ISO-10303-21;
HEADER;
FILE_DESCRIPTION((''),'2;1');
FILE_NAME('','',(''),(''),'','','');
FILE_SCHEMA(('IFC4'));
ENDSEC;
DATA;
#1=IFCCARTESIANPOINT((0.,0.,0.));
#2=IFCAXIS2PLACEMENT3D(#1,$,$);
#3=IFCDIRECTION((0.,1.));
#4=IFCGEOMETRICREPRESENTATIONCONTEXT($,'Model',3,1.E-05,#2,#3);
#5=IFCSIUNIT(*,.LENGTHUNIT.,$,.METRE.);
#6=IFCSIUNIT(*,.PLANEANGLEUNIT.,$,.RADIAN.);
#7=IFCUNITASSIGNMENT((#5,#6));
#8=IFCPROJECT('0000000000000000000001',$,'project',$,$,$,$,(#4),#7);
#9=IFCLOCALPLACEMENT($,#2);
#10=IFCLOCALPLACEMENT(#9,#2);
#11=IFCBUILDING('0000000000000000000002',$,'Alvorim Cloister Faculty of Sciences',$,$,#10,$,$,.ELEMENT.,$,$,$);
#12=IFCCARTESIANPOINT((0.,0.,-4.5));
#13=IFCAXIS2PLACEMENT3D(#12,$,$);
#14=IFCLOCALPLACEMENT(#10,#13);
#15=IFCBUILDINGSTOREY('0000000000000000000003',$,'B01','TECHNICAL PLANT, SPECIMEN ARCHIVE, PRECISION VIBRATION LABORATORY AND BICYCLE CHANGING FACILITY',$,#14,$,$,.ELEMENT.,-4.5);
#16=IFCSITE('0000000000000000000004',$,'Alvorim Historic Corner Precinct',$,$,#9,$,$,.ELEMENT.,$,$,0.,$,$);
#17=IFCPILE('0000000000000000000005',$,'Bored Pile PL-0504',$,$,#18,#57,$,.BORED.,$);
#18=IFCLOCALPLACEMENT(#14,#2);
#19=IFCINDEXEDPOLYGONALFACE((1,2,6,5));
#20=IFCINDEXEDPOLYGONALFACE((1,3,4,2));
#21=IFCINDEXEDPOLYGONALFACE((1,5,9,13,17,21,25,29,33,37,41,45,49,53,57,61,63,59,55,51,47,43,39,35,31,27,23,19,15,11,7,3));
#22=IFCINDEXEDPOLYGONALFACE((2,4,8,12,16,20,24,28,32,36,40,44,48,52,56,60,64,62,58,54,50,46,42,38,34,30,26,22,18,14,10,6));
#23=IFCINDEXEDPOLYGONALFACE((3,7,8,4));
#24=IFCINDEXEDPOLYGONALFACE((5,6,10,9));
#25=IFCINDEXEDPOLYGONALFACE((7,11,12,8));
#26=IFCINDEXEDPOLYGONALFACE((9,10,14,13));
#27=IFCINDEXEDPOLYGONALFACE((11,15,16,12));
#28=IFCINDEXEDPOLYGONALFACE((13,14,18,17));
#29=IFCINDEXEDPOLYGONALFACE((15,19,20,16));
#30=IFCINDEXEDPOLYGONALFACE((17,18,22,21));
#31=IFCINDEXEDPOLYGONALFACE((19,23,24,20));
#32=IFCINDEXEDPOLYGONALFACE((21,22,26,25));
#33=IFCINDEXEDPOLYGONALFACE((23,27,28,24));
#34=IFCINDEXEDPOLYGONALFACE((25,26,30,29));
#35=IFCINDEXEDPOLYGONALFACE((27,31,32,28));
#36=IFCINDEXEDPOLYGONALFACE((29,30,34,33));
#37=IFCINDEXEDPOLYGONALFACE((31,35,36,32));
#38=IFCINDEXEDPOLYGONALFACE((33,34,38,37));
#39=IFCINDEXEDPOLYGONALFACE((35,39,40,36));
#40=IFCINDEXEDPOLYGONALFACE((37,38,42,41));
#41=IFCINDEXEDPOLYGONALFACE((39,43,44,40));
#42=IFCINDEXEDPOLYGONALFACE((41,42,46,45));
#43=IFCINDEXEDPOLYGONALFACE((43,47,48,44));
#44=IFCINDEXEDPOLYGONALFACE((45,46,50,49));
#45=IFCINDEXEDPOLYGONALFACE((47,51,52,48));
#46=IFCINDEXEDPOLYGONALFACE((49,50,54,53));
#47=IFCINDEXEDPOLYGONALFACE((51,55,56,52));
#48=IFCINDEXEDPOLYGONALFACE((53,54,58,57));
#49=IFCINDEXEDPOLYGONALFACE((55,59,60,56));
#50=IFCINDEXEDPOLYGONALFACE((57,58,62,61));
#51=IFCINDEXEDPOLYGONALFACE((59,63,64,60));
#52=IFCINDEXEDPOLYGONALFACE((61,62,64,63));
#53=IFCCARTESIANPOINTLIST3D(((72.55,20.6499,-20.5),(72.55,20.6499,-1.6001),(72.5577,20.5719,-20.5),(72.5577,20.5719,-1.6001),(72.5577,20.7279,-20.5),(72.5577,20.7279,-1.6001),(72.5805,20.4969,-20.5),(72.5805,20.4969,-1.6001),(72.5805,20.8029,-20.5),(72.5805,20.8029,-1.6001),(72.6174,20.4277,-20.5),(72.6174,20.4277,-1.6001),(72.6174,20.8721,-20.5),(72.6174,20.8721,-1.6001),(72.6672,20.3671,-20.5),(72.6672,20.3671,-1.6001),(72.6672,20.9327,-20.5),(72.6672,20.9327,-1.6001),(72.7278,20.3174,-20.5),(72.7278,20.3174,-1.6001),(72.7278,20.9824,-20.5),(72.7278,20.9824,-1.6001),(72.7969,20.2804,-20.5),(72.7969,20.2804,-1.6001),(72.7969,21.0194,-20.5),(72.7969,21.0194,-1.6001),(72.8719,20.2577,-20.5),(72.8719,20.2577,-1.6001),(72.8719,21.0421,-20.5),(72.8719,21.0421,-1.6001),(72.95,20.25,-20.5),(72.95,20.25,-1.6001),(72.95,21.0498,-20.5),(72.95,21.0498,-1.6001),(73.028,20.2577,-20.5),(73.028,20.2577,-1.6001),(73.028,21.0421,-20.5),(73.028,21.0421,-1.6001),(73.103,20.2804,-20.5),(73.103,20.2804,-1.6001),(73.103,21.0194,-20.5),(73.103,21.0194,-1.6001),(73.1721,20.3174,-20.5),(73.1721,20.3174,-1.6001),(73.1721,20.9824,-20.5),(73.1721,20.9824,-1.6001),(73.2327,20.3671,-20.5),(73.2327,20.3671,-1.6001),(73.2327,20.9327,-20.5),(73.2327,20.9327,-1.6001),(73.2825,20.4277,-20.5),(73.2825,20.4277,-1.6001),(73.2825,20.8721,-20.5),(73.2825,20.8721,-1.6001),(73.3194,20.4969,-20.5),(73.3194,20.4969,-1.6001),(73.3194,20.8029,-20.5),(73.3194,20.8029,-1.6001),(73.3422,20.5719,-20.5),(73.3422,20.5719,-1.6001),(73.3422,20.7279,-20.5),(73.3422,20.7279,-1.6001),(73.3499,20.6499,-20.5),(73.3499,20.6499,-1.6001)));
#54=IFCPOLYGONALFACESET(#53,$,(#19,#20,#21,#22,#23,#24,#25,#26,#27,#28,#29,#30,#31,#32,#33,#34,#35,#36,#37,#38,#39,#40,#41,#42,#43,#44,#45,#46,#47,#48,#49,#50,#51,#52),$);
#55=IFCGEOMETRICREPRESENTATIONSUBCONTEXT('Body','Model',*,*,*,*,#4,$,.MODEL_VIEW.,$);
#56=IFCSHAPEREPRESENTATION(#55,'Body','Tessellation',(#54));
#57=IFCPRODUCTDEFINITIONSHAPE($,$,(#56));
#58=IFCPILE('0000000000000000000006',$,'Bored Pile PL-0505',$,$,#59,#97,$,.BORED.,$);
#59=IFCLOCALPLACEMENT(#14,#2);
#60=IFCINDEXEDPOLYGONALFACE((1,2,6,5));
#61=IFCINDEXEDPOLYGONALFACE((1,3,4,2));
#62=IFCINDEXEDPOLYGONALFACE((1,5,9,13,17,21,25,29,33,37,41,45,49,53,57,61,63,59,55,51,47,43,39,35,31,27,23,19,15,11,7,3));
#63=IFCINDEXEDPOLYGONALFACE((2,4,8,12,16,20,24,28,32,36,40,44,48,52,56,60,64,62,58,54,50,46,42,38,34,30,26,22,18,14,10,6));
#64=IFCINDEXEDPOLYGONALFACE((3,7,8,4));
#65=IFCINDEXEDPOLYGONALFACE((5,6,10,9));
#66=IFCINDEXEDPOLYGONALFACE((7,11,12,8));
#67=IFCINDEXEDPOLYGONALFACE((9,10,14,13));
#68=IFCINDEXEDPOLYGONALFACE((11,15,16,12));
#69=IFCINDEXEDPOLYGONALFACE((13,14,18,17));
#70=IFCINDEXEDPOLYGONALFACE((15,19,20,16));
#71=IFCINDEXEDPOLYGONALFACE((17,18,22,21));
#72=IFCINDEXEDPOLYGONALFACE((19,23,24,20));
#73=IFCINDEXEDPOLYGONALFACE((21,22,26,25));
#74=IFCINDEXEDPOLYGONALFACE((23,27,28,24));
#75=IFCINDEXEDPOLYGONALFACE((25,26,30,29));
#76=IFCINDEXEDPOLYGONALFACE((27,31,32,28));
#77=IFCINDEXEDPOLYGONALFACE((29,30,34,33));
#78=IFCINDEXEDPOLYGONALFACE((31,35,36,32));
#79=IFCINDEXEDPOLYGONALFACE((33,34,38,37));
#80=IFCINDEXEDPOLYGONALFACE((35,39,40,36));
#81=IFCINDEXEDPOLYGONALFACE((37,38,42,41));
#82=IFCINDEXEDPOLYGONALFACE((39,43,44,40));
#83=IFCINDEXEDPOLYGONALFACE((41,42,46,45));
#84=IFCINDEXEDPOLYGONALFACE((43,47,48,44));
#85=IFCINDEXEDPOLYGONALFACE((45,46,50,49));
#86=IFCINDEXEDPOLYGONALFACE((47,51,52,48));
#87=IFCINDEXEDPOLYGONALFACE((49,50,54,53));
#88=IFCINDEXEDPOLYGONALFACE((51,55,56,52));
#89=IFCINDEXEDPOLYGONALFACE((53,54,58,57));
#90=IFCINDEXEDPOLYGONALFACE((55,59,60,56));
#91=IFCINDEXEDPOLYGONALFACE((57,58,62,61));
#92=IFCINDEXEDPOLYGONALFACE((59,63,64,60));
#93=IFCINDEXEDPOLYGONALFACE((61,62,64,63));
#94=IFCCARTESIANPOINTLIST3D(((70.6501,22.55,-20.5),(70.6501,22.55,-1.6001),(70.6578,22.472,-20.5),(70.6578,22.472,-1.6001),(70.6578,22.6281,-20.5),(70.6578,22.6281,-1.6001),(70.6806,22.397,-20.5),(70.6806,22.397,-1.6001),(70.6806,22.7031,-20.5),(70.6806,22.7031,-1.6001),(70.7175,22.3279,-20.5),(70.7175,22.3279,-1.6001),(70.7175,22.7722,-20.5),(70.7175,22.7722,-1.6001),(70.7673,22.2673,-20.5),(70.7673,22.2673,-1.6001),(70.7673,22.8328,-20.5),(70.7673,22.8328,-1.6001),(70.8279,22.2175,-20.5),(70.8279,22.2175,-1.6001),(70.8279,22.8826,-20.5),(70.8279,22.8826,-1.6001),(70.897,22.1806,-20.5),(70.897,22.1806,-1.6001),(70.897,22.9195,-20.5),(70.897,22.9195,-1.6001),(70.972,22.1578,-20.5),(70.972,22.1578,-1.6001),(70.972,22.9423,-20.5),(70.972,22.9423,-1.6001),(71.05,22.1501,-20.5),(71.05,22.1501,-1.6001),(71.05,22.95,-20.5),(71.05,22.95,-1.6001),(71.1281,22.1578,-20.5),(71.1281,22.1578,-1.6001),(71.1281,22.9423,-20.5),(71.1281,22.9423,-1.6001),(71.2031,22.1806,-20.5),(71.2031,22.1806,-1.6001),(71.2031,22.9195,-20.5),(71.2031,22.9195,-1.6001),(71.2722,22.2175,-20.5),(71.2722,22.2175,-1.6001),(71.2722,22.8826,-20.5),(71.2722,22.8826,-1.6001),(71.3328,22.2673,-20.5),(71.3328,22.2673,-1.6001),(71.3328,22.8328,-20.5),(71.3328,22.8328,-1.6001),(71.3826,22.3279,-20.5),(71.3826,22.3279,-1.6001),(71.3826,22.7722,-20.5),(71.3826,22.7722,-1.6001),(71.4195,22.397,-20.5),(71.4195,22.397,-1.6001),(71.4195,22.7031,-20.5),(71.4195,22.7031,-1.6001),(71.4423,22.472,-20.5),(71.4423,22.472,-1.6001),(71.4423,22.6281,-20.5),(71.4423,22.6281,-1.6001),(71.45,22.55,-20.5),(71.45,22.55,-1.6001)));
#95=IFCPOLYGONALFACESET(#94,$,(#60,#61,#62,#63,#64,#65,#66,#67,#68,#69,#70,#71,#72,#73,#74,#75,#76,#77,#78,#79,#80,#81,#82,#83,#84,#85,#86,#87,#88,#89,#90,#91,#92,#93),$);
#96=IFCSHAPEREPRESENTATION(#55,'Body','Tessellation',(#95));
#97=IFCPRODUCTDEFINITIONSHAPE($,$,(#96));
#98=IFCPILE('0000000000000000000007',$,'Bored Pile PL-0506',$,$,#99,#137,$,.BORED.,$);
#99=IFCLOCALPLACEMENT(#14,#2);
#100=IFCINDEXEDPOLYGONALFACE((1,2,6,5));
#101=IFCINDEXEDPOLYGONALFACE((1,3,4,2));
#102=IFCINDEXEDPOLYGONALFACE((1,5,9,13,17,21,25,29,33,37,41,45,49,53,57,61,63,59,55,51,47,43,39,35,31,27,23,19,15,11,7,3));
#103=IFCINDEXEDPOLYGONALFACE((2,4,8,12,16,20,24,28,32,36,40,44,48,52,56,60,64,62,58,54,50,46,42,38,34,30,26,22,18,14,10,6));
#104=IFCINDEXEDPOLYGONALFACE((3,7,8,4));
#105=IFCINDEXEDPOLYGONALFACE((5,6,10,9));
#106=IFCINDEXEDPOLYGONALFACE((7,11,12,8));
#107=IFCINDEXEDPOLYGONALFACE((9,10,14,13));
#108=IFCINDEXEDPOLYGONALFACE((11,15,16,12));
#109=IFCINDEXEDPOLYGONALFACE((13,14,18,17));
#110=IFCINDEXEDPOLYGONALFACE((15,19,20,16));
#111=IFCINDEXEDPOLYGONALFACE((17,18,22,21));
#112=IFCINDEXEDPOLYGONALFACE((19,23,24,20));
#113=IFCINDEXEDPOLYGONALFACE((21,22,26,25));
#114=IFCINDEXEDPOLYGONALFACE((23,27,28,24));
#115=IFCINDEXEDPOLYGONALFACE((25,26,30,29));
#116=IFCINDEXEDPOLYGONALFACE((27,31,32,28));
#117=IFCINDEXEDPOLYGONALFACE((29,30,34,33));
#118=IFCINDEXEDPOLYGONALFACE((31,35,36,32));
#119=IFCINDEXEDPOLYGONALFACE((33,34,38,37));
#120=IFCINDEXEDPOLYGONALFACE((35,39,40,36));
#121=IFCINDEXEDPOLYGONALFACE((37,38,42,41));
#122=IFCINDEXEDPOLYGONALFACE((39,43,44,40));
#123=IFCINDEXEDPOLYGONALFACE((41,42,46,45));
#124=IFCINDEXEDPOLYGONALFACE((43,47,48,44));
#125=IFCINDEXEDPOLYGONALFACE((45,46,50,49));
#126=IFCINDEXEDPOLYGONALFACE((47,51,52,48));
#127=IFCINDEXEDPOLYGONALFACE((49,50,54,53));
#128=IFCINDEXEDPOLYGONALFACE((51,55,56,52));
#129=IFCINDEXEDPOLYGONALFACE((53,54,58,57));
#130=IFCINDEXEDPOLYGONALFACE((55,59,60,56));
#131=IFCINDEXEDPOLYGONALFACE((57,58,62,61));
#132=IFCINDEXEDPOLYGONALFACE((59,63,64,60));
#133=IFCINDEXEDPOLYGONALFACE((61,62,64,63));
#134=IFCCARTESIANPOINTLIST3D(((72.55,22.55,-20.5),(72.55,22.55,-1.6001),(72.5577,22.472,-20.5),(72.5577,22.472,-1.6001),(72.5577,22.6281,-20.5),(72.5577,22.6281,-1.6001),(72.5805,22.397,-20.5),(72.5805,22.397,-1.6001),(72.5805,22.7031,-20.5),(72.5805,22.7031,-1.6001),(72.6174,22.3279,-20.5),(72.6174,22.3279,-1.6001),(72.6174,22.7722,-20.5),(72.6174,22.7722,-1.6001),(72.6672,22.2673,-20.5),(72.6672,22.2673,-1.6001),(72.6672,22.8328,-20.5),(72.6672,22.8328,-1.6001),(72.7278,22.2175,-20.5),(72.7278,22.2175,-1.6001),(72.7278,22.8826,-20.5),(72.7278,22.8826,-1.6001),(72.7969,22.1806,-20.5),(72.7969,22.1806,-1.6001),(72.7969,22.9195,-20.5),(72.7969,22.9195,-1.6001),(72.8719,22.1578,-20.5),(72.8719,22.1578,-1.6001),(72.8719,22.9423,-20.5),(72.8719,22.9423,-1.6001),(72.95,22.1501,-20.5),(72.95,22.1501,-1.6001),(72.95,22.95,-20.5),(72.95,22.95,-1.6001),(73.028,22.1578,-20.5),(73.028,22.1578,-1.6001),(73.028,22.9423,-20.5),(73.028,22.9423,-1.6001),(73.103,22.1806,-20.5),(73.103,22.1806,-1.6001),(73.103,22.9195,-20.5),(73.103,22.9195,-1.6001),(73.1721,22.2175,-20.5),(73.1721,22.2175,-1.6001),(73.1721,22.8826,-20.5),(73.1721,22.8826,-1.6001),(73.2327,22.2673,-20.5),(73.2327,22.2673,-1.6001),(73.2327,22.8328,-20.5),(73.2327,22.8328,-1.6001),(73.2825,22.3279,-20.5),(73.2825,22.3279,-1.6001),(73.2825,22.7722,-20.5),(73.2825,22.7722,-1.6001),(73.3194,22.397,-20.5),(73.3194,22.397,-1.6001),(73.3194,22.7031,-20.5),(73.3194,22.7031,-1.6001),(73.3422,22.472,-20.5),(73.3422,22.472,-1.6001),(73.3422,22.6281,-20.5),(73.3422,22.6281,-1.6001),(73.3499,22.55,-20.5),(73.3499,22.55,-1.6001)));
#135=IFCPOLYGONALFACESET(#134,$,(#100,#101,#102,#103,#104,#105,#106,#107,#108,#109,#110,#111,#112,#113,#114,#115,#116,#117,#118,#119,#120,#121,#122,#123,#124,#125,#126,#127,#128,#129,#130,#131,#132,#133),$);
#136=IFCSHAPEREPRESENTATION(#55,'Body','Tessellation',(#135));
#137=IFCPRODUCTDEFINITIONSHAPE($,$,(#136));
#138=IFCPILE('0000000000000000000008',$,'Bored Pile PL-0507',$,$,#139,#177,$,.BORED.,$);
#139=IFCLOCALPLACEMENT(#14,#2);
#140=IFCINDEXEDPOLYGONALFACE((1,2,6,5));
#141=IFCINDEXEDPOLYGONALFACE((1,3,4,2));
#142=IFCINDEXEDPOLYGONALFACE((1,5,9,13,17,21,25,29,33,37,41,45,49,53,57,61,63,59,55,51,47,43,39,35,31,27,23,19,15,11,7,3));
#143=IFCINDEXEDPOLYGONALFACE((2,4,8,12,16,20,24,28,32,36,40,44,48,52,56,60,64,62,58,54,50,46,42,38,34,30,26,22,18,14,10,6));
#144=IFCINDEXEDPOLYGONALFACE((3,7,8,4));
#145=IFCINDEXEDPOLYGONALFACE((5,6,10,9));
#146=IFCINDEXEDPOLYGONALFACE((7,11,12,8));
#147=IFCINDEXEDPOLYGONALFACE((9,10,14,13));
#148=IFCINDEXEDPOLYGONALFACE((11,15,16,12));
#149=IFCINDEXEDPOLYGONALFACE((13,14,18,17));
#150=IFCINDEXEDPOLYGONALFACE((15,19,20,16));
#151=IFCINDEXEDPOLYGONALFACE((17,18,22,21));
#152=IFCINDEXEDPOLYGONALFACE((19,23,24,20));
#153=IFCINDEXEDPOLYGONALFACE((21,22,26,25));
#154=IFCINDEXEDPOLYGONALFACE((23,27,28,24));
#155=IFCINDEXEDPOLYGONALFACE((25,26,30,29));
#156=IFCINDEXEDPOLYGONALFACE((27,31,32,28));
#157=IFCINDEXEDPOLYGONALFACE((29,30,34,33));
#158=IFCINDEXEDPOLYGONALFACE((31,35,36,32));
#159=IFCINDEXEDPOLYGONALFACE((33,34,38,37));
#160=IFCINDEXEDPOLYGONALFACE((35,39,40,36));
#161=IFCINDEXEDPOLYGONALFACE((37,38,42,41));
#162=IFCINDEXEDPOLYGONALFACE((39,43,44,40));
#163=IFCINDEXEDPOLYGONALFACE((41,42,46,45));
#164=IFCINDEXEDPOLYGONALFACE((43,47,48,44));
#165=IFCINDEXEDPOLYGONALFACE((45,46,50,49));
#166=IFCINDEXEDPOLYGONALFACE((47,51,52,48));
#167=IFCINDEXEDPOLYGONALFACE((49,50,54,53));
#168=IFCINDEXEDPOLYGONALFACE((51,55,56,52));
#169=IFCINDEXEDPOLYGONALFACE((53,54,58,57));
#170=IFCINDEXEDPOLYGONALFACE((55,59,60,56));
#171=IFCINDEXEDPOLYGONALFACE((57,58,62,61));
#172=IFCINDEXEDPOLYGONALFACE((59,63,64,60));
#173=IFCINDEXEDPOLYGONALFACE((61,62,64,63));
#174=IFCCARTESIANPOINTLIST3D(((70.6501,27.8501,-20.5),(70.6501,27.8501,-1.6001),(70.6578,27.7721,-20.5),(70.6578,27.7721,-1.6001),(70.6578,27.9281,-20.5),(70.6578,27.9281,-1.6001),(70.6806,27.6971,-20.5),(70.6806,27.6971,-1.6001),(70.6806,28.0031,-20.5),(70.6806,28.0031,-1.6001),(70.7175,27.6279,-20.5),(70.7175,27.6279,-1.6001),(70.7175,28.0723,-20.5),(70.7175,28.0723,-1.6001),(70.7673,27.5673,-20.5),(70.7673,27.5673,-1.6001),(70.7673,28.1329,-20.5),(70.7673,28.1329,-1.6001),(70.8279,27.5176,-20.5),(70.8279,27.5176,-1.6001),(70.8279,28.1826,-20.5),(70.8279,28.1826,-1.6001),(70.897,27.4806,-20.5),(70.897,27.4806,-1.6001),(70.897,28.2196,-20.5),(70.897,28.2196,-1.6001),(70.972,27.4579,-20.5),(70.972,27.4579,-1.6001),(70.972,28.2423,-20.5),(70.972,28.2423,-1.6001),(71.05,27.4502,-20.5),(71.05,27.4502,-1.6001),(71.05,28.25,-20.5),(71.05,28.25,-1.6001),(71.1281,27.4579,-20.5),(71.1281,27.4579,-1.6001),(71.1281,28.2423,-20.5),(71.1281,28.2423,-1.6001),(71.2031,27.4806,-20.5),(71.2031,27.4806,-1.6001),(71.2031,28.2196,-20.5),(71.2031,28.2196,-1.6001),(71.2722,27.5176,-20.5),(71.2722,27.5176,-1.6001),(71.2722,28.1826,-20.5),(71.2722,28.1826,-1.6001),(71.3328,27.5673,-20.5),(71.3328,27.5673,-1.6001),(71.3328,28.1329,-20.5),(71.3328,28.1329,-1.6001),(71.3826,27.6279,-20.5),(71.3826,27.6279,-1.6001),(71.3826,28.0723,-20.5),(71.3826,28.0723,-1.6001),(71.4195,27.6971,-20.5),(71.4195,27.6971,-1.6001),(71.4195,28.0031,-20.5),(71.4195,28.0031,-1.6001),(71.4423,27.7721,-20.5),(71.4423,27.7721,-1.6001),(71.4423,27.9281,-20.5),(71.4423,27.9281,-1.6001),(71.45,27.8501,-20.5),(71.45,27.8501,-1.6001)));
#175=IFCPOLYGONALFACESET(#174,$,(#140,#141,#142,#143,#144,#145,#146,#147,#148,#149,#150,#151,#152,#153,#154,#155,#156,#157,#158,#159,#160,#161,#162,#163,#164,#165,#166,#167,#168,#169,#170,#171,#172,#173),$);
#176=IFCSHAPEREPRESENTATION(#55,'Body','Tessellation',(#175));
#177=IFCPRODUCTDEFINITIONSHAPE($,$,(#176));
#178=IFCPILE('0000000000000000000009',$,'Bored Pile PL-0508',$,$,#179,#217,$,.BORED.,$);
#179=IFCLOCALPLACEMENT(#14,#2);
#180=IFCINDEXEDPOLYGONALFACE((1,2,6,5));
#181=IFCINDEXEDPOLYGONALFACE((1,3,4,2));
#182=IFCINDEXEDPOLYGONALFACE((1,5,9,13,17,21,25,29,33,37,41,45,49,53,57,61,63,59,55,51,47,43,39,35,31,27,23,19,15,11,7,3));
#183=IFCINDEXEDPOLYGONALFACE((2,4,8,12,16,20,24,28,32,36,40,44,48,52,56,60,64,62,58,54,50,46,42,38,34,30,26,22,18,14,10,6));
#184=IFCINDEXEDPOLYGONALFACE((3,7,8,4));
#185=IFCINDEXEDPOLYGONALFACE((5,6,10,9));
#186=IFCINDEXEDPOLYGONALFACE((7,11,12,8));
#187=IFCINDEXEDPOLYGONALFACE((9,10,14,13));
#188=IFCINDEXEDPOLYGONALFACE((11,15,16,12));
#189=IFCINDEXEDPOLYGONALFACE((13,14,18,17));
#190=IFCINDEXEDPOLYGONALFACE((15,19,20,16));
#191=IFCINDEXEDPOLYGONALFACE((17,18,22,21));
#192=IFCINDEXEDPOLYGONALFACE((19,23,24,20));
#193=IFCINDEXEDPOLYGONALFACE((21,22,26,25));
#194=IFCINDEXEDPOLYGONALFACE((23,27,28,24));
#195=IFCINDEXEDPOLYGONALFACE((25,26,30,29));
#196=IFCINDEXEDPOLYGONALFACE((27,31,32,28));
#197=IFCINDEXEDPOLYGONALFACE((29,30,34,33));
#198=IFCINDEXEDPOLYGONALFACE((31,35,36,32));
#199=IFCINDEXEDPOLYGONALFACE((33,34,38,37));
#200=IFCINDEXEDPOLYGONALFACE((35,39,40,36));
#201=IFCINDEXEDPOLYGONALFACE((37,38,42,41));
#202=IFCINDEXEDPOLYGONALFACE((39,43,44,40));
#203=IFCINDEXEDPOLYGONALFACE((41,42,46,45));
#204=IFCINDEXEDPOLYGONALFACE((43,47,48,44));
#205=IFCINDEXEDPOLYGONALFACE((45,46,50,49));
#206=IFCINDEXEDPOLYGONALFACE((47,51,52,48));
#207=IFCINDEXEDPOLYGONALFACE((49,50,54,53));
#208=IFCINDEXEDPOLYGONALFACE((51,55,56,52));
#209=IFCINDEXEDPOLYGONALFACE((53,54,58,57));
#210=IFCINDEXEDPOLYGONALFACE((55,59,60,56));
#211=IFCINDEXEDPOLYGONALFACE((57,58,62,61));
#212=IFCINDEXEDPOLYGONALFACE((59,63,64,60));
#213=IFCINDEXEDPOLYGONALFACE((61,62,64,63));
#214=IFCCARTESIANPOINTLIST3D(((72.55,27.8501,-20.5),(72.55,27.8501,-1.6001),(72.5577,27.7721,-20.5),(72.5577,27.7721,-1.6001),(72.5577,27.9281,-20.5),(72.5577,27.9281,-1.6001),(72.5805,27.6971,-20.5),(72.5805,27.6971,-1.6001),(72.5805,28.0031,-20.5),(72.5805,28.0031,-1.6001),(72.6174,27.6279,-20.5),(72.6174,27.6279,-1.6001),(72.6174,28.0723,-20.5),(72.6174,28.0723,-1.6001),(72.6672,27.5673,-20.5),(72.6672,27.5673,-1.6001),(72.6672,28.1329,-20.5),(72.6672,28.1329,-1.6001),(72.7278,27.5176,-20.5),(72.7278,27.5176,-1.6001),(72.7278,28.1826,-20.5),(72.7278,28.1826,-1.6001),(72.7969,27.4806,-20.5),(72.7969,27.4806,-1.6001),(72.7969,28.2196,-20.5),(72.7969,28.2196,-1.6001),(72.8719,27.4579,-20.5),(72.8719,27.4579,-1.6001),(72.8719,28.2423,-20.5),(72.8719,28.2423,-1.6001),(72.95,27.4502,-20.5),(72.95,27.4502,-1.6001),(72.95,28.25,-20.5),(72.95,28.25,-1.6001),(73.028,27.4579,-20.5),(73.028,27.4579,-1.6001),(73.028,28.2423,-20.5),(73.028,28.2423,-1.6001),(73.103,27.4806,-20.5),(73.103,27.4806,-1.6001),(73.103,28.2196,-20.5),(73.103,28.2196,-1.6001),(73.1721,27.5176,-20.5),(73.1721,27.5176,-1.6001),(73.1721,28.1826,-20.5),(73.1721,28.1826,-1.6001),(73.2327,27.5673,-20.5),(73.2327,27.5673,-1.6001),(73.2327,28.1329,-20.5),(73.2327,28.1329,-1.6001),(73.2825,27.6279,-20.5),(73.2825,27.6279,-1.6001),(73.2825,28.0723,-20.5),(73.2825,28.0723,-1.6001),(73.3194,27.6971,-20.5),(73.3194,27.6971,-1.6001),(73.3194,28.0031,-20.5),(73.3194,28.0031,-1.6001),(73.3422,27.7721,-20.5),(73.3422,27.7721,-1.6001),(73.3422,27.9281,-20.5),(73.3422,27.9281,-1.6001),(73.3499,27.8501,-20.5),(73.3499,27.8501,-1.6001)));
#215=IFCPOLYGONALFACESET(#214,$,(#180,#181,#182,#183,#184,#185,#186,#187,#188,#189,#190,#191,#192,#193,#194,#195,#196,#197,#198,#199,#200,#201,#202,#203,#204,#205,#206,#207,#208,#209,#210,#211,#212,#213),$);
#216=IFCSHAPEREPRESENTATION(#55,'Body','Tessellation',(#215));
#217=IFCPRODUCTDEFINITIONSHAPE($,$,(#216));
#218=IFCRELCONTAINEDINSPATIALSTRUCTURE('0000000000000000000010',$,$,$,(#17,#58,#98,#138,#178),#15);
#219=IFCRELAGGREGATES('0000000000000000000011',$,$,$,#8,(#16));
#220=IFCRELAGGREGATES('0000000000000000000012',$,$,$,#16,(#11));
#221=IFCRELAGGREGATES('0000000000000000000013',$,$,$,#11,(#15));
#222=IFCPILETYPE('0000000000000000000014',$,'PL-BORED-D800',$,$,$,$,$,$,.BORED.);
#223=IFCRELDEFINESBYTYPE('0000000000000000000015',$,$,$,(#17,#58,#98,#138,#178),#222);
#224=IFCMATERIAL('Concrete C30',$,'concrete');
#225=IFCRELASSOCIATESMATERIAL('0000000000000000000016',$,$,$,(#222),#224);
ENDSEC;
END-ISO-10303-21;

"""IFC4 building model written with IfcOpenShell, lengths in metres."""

from ifc_helpers import new_model, si_unit, direction, frame, origin, origin_2d, place, context, subcontext, project, spatial, circle, extrude, material, material_profile, profile_set, type_object, element, save


model = new_model("IFC4")

# Units and contexts
model_context = context("Model", 3, precision=1e-05, world=origin(), true_north=direction((0.0, 1.0)))
body_context = subcontext(model_context, "Body", "Model", "MODEL_VIEW")
ifc_project = project(units=[si_unit("LENGTHUNIT", "METRE"), si_unit("PLANEANGLEUNIT", "RADIAN")], contexts=[model_context])

# Site, building, storey
site_placement = place(None, origin())
site = spatial("IfcSite", under=ifc_project, at=site_placement, Name="Alvorim Historic Corner Precinct", CompositionType="ELEMENT", RefElevation=0.0)
building_placement = place(site_placement, origin())
building = spatial("IfcBuilding", under=site, at=building_placement, Name="Alvorim Cloister Faculty of Sciences", CompositionType="ELEMENT")
storey_placement = place(building_placement, frame((0.0, 0.0, -4.5)))
storey = spatial("IfcBuildingStorey", under=building, at=storey_placement, Name="B01", Description="TECHNICAL PLANT, SPECIMEN ARCHIVE, PRECISION VIBRATION LABORATORY AND BICYCLE CHANGING FACILITY", CompositionType="ELEMENT", Elevation=-4.5)

# Piles
ifc_material_1 = material(Name="Concrete C30", Category="concrete")
ifc_material_profile_1 = material_profile(ifc_material_1, circle(Radius=0.3999, at=origin_2d()), Name="PILE-D800")
ifc_profile_set_1 = profile_set([ifc_material_profile_1], Name="Concrete C30")
pile_type = type_object("IfcPileType", Name="PL-BORED-D800", PredefinedType="BORED", material=ifc_profile_set_1)
for number, where, z_axis, x_axis, name in (
    (1, (72.95, 20.6499, -1.6001), (0.0, 0.0, -1.0), (1.0, 0.0, 0.0), "Bored Pile PL-0504"),
    (2, (71.05, 22.55, -1.6001), (0.0, 0.0, -1.0), (1.0, 0.0, 0.0), "Bored Pile PL-0505"),
    (3, (72.95, 22.55, -1.6001), (0.0, 0.0, -1.0), (1.0, 0.0, 0.0), "Bored Pile PL-0506"),
    (4, (71.05, 27.8501, -1.6001), (0.0, 0.0, -1.0), (1.0, 0.0, 0.0), "Bored Pile PL-0507"),
    (5, (72.95, 27.8501, -1.6001), (0.0, 0.0, -1.0), (1.0, 0.0, 0.0), "Bored Pile PL-0508"),
):
    element("IfcPile", number, at=place(storey_placement, frame(where, z_axis=z_axis, x_axis=x_axis)), inside=storey, type_object=pile_type, Name=name, PredefinedType="BORED", context=body_context, shape_type="SweptSolid", body=[
        extrude(circle(Radius=0.3999, at=origin_2d()), origin(), (0.0, 0.0, 1.0), 18.8999),
    ])

save(model, "model.ifc")
